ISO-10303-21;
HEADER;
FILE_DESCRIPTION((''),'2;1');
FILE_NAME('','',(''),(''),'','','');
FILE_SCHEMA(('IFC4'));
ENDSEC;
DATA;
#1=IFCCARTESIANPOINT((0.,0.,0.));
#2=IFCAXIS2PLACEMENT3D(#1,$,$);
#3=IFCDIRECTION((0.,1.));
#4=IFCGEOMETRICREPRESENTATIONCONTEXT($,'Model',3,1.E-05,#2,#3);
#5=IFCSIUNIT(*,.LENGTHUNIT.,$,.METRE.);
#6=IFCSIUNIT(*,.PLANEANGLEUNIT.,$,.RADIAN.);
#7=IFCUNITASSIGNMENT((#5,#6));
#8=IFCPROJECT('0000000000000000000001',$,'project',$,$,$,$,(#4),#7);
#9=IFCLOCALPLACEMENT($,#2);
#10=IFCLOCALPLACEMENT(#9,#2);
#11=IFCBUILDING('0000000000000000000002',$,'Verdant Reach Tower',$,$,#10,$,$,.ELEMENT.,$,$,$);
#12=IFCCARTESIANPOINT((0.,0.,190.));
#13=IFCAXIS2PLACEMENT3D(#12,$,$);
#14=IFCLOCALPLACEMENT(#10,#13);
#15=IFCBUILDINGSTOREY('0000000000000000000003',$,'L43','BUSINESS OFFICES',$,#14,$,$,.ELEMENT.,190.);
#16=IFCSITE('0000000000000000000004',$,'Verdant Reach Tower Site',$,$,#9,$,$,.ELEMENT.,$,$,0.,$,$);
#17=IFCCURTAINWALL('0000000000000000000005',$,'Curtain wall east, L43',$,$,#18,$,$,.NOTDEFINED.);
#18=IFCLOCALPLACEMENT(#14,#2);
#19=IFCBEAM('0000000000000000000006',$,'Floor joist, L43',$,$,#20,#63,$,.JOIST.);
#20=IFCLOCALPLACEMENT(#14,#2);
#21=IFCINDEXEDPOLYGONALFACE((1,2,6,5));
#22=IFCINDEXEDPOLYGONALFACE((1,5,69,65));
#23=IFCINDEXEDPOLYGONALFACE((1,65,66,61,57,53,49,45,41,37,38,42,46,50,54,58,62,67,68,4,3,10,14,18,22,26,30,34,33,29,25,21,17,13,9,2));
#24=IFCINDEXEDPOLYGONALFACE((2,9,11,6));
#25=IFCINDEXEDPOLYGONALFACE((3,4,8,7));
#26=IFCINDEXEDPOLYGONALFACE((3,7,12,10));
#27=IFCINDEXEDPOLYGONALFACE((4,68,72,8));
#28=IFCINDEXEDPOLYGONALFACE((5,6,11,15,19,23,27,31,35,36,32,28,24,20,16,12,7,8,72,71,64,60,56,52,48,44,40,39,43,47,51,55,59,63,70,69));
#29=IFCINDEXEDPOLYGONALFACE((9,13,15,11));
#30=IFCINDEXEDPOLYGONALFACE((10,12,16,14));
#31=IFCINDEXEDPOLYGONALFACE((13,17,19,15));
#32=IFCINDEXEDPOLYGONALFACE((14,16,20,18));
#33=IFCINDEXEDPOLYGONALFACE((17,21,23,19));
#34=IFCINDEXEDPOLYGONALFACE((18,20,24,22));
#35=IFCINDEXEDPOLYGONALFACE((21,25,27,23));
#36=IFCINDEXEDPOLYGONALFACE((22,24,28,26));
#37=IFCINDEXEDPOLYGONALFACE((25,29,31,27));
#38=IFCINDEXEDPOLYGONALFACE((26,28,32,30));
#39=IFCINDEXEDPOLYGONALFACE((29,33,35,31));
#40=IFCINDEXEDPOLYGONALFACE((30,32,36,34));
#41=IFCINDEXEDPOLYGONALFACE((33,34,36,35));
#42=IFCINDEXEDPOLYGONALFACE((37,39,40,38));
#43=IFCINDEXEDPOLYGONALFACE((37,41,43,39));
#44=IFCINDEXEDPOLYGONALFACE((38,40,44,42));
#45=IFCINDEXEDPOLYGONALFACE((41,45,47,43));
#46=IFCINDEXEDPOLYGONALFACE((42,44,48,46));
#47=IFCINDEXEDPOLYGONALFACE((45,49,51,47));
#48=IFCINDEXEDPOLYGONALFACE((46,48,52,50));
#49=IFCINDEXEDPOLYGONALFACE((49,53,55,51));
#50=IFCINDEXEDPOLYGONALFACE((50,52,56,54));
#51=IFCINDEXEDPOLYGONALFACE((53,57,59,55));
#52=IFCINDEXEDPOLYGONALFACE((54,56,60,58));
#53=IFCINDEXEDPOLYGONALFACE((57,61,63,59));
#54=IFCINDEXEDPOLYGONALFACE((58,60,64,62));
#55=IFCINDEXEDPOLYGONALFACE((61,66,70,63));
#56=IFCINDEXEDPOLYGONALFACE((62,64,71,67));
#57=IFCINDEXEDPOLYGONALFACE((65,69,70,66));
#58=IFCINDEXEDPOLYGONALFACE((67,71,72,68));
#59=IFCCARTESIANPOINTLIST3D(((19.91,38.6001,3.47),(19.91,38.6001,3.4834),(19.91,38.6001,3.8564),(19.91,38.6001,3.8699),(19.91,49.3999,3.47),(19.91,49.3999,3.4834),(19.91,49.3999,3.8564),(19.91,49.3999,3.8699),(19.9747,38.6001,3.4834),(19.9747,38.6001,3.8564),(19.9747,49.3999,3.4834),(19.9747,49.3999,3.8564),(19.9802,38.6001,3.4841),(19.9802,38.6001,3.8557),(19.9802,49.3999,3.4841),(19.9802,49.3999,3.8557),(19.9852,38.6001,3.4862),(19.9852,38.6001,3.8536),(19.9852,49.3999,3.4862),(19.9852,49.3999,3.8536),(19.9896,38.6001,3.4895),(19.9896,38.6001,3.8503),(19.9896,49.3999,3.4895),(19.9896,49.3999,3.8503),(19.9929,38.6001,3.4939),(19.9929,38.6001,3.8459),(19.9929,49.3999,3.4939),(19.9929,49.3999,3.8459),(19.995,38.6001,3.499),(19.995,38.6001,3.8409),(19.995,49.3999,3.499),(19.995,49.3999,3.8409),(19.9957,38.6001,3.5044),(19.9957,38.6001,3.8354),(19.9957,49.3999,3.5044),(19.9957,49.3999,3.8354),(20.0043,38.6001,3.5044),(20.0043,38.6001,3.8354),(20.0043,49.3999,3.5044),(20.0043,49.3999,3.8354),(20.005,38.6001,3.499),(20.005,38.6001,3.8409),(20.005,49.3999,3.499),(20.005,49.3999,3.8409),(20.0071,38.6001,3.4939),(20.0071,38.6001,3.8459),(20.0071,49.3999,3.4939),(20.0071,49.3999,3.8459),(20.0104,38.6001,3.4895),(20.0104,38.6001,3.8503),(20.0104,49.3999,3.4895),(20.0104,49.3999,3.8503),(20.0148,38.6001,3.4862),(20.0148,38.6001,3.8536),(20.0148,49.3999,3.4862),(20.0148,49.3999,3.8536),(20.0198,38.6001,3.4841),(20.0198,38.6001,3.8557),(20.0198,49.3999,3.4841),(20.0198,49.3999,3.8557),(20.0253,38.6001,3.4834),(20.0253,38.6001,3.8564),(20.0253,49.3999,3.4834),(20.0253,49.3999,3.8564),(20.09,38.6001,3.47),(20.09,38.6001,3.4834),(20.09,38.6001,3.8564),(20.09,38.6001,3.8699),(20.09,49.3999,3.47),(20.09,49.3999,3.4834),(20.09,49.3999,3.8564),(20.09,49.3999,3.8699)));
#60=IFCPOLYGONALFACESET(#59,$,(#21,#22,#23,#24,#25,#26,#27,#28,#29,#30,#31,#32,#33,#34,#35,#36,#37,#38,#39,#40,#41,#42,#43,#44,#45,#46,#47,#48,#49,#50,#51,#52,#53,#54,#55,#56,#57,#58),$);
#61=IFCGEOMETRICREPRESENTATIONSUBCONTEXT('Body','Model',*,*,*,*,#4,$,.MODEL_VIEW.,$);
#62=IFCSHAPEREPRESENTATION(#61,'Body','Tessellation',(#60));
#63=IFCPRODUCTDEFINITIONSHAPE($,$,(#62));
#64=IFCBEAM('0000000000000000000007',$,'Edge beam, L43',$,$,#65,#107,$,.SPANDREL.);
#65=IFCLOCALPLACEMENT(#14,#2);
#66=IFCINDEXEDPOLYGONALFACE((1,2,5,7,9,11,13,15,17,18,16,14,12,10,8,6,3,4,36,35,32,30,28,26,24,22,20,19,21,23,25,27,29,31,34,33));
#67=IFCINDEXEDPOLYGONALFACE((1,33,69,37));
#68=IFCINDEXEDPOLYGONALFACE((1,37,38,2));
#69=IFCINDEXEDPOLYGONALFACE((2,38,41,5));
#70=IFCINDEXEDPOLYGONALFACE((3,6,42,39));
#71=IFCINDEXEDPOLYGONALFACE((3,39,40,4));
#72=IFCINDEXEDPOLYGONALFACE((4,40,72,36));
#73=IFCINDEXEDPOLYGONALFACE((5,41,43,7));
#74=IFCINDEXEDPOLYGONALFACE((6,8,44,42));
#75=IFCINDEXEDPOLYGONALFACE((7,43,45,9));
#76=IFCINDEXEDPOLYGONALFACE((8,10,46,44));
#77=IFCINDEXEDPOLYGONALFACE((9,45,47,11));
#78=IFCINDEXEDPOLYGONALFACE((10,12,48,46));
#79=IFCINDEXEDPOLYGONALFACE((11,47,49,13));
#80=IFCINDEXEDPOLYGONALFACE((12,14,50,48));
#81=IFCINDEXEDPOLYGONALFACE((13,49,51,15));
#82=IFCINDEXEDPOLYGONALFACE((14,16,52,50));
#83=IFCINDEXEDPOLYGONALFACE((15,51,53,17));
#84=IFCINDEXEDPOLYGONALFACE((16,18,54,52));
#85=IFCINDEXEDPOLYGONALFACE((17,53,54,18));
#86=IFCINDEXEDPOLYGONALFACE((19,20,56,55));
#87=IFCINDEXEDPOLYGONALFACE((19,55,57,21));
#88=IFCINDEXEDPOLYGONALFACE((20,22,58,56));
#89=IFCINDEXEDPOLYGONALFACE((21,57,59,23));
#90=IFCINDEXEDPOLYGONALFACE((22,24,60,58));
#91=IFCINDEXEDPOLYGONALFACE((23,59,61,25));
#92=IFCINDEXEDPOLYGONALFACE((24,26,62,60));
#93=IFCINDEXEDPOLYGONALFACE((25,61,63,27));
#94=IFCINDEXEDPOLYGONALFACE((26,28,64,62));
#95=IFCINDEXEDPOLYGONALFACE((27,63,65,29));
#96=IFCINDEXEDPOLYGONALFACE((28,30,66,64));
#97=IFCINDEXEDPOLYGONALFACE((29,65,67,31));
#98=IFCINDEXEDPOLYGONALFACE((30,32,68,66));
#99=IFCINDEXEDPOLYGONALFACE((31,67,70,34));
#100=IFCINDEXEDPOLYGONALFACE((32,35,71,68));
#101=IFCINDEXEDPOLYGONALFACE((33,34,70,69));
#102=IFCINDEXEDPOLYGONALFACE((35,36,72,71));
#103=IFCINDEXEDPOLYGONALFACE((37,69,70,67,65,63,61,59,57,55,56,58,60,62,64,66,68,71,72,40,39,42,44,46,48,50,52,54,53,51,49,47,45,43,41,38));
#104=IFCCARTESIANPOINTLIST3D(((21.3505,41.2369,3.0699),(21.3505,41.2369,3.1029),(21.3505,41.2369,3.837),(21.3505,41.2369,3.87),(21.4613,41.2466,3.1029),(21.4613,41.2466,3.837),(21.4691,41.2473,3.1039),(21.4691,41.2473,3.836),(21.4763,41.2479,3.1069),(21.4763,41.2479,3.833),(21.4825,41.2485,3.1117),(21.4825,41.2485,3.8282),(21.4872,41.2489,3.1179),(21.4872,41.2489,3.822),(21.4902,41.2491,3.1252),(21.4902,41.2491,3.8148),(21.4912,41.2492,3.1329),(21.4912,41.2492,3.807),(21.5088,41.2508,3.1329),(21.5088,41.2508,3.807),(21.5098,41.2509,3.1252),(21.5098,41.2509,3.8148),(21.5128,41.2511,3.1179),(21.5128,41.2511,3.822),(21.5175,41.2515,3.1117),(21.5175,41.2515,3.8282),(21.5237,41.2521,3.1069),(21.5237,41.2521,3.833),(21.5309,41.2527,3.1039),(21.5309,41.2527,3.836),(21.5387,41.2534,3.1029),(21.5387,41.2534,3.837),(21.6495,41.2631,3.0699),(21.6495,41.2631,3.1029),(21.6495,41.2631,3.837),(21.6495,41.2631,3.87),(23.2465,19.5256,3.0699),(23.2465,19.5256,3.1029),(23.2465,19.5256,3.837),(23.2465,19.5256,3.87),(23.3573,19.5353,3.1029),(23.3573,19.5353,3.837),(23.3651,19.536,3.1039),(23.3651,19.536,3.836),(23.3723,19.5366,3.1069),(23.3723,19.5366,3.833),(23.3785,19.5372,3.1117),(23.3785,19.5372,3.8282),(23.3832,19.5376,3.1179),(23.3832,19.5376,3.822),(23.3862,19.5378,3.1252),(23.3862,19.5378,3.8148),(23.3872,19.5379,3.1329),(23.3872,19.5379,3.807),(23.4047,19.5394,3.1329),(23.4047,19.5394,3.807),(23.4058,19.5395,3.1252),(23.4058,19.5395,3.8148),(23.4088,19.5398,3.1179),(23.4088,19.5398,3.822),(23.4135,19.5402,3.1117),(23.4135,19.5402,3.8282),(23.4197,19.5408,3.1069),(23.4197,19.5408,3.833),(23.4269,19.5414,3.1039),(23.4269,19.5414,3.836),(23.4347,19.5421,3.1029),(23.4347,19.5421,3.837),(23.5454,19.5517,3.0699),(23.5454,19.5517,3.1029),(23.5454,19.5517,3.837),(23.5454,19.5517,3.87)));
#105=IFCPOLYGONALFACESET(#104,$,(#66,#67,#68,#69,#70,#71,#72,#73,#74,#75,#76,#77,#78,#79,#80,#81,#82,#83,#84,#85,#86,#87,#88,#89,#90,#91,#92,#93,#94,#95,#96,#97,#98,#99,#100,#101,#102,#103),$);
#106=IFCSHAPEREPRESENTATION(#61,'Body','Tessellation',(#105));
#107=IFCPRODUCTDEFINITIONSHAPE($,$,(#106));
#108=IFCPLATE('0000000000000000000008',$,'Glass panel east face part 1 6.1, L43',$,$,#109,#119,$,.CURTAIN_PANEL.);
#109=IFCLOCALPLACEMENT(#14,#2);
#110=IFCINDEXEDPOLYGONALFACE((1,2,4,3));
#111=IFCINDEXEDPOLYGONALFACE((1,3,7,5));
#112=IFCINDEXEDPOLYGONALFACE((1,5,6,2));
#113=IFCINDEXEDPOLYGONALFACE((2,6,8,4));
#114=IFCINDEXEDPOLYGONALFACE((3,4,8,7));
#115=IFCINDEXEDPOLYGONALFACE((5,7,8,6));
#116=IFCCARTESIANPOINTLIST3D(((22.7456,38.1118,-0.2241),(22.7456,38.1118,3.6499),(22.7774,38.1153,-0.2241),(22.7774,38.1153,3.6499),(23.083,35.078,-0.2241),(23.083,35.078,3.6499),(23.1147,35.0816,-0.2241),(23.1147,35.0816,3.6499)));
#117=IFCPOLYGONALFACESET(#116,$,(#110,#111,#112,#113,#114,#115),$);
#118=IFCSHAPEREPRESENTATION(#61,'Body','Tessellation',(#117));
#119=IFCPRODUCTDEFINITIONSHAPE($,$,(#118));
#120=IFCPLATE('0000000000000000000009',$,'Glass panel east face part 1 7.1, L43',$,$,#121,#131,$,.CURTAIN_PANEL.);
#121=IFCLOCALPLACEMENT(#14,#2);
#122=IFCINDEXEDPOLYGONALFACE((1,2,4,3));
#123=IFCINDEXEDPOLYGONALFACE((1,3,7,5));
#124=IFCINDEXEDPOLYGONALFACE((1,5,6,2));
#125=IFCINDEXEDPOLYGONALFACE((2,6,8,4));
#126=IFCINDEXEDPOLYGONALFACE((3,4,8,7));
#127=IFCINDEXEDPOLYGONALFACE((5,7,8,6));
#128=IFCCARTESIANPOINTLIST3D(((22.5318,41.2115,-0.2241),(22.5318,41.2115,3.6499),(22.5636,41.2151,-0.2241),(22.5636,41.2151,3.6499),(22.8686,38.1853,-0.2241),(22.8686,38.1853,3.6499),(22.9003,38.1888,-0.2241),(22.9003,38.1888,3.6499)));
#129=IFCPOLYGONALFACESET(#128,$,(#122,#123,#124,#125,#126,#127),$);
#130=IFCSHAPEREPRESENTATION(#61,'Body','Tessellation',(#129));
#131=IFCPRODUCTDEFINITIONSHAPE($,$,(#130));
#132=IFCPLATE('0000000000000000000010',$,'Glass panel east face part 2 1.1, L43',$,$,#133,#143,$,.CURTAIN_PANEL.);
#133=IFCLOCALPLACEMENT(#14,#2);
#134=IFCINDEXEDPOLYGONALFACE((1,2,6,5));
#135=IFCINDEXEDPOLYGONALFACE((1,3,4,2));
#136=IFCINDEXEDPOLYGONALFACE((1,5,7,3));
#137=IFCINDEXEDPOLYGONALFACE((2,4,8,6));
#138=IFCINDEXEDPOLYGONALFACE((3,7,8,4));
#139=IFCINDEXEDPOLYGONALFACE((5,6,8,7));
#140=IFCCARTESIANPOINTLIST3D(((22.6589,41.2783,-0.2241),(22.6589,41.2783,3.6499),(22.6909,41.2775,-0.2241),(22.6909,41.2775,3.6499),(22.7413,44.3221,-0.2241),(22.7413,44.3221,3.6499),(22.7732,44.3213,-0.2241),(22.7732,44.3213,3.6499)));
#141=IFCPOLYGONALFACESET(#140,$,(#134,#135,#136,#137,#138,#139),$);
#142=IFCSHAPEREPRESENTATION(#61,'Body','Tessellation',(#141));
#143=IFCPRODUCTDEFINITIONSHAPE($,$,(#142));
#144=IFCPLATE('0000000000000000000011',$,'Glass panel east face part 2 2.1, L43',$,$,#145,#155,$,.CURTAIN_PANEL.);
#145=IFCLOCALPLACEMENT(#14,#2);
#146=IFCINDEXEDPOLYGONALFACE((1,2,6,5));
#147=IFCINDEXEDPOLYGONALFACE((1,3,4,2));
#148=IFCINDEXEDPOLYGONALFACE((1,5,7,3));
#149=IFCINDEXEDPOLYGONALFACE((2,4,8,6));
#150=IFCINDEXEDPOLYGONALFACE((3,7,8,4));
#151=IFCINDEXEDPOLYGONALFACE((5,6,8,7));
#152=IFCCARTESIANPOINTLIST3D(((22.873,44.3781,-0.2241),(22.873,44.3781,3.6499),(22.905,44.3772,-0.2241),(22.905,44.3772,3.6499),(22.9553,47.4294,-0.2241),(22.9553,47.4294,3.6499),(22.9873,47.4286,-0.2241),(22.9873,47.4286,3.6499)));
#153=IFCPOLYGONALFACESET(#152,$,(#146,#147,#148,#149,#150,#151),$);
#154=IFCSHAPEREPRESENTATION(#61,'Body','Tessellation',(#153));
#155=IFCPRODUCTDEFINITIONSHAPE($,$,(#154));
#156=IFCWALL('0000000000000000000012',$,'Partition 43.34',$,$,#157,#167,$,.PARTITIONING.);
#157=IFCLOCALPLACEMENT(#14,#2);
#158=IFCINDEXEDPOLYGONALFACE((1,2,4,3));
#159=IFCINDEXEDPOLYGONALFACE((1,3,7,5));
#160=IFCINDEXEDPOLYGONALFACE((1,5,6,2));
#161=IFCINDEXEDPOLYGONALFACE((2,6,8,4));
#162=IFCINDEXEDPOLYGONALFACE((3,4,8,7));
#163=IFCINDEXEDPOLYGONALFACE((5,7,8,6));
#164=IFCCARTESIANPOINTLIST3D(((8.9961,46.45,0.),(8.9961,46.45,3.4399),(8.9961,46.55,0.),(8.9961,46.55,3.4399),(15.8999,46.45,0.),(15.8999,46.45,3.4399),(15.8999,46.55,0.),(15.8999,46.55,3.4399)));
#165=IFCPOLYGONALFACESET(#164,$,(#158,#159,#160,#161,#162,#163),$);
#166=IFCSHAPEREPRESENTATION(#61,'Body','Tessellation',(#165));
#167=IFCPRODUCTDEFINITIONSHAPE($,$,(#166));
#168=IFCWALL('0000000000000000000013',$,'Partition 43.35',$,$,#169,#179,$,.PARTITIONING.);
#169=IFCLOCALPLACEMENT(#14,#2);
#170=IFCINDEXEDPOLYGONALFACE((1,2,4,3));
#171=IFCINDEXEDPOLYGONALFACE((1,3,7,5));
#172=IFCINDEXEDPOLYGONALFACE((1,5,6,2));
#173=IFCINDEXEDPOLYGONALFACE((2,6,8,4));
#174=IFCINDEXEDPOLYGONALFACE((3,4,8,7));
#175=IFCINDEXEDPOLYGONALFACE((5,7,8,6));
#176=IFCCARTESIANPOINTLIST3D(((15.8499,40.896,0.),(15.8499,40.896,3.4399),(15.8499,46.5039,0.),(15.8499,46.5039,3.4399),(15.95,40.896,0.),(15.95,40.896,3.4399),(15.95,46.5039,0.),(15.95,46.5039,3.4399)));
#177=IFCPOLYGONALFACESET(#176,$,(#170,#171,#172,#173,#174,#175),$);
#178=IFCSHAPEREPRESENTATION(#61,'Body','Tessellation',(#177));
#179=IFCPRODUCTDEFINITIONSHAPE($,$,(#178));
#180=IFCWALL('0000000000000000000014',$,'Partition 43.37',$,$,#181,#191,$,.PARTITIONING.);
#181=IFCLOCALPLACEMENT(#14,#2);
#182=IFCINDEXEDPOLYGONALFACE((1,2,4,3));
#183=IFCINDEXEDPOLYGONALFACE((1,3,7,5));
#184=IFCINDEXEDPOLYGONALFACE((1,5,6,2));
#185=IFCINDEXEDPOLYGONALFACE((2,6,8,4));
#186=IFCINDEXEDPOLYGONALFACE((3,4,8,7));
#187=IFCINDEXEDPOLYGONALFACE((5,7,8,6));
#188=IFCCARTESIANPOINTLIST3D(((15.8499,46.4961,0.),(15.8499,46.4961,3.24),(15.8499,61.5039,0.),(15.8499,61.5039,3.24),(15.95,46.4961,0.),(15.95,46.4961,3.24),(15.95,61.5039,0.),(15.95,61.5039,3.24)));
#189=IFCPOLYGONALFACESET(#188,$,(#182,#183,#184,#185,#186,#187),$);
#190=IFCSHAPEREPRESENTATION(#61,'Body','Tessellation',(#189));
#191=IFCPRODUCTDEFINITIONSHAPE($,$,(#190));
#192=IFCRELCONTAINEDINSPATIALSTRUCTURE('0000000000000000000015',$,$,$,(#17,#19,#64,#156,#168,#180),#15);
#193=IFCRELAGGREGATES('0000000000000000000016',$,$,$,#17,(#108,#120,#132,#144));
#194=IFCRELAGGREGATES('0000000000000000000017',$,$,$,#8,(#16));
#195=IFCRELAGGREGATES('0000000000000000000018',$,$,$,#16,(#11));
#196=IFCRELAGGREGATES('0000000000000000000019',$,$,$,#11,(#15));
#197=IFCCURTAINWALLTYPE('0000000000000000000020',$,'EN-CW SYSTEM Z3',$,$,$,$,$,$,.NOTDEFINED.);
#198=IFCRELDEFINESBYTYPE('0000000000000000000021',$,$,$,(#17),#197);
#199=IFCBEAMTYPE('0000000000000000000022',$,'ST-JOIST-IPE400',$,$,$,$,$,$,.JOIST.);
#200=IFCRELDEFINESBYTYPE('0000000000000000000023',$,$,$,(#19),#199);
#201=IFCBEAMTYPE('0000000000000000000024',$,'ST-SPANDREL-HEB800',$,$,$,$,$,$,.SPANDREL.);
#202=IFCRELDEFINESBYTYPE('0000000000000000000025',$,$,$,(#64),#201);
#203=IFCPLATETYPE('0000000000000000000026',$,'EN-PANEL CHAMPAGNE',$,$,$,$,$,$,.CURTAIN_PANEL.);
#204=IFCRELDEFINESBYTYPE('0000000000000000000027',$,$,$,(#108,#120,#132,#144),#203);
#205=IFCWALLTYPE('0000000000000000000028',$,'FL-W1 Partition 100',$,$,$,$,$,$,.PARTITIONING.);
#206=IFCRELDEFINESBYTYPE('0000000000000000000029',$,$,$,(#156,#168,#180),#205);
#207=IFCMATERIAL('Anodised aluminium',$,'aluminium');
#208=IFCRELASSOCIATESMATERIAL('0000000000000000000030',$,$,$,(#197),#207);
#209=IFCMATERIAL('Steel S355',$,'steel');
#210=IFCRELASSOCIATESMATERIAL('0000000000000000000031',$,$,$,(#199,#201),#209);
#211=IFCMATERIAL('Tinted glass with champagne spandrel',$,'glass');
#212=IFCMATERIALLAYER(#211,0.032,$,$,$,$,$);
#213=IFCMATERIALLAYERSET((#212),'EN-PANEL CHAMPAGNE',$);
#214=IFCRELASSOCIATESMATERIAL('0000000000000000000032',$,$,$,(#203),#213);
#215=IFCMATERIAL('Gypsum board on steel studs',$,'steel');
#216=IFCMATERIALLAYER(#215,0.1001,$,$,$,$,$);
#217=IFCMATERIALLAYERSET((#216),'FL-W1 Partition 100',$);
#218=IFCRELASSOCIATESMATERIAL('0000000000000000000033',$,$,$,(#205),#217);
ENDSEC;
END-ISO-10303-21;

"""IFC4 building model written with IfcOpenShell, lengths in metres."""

from ifc_helpers import new_model, si_unit, direction, frame, frame_2d, origin, origin_2d, place, context, subcontext, project, spatial, rectangle, i_section, extrude, material, layer, layer_set, material_profile, profile_set, type_object, element, aggregate, save


model = new_model("IFC4")

# Units and contexts
model_context = context("Model", 3, precision=1e-05, world=origin(), true_north=direction((0.0, 1.0)))
body_context = subcontext(model_context, "Body", "Model", "MODEL_VIEW")
ifc_project = project(units=[si_unit("LENGTHUNIT", "METRE"), si_unit("PLANEANGLEUNIT", "RADIAN")], contexts=[model_context])

# Site, building, storey
site_placement = place(None, origin())
site = spatial("IfcSite", under=ifc_project, at=site_placement, Name="Verdant Reach Tower Site", CompositionType="ELEMENT", RefElevation=0.0)
building_placement = place(site_placement, origin())
building = spatial("IfcBuilding", under=site, at=building_placement, Name="Verdant Reach Tower", CompositionType="ELEMENT")
storey_placement = place(building_placement, frame((0.0, 0.0, 190.0)))
storey = spatial("IfcBuildingStorey", under=building, at=storey_placement, Name="L43", Description="BUSINESS OFFICES", CompositionType="ELEMENT", Elevation=190.0)

# Curtain wall
ifc_material_1 = material(Name="Anodised aluminium", Category="aluminium")
curtain_wall_type = type_object("IfcCurtainWallType", Name="EN-CW SYSTEM Z3", PredefinedType="NOTDEFINED", material=ifc_material_1)
curtain_wall_placement = place(storey_placement, origin())
curtain_wall = element("IfcCurtainWall", 1, at=curtain_wall_placement, inside=storey, type_object=curtain_wall_type, Name="Curtain wall east, L43", PredefinedType="NOTDEFINED")

# Beams
ifc_material_2 = material(Name="Steel S355", Category="steel")
ifc_material_profile_1 = material_profile(ifc_material_2, i_section(OverallWidth=0.1799, OverallDepth=0.3999, WebThickness=0.0085, FlangeThickness=0.0134, FilletRadius=0.021, at=origin_2d()), Name="IPE 400")
ifc_profile_set_1 = profile_set([ifc_material_profile_1], Name="Steel S355")
beam_type_1 = type_object("IfcBeamType", Name="ST-JOIST-IPE400", PredefinedType="JOIST", material=ifc_profile_set_1)
for number, where, z_axis, x_axis, name in (
    (2, (20.0, 38.6001, 3.6699), (0.0, 1.0, 0.0), (-1.0, 0.0, 0.0), "Floor joist, L43"),
):
    element("IfcBeam", number, at=place(storey_placement, frame(where, z_axis=z_axis, x_axis=x_axis)), inside=storey, type_object=beam_type_1, Name=name, PredefinedType="JOIST", context=body_context, shape_type="SweptSolid", body=[
        extrude(i_section(OverallWidth=0.1799, OverallDepth=0.3999, WebThickness=0.0085, FlangeThickness=0.0134, FilletRadius=0.021, at=origin_2d()), origin(), (0.0, 0.0, 1.0), 10.7998),
    ])
ifc_material_profile_2 = material_profile(ifc_material_2, i_section(OverallWidth=0.3, OverallDepth=0.8, WebThickness=0.0176, FlangeThickness=0.033, FilletRadius=0.03, at=origin_2d()), Name="HEB 800")
ifc_profile_set_2 = profile_set([ifc_material_profile_2], Name="Steel S355")
beam_type_2 = type_object("IfcBeamType", Name="ST-SPANDREL-HEB800", PredefinedType="SPANDREL", material=ifc_profile_set_2)
beam_1_placement = place(storey_placement, frame((21.5, 41.25, 3.47), z_axis=(0.086996, -0.996209, 0.0), x_axis=(0.996209, 0.086996, 0.0)))
element("IfcBeam", 3, at=beam_1_placement, inside=storey, type_object=beam_type_2, Name="Edge beam, L43", PredefinedType="SPANDREL", context=body_context, shape_type="SweptSolid", body=[
    extrude(i_section(OverallWidth=0.3, OverallDepth=0.8, WebThickness=0.0176, FlangeThickness=0.033, FilletRadius=0.03, at=origin_2d()), origin(), (0.0, 0.0, 1.0), 21.7939),
])

# Plates
ifc_material_3 = material(Name="Tinted glass with champagne spandrel", Category="glass")
ifc_layer_1 = layer(ifc_material_3, 0.032)
ifc_layer_set_1 = layer_set([ifc_layer_1], Name="EN-PANEL CHAMPAGNE")
plate_type = type_object("IfcPlateType", Name="EN-PANEL CHAMPAGNE", PredefinedType="CURTAIN_PANEL", material=ifc_layer_set_1)
plate_1_placement = place(storey_placement, frame((22.9302, 36.5967, -0.2241), z_axis=(0.0, 0.0, 1.0), x_axis=(-0.110518, 0.993874, 0.0)))
plate_1 = element("IfcPlate", 4, at=plate_1_placement, type_object=plate_type, Name="Glass panel east face part 1 6.1, L43", PredefinedType="CURTAIN_PANEL", context=body_context, shape_type="SweptSolid", body=[
    extrude(rectangle(XDim=3.0525, YDim=0.032, at=origin_2d()), origin(), (0.0, 0.0, 1.0), 3.874),
])
plate_2_placement = place(storey_placement, frame((22.7161, 39.7002, -0.2241), z_axis=(0.0, 0.0, 1.0), x_axis=(-0.110601, 0.993865, 0.0)))
plate_2 = element("IfcPlate", 5, at=plate_2_placement, type_object=plate_type, Name="Glass panel east face part 1 7.1, L43", PredefinedType="CURTAIN_PANEL", context=body_context, shape_type="SweptSolid", body=[
    extrude(rectangle(XDim=3.0449, YDim=0.032, at=origin_2d()), origin(), (0.0, 0.0, 1.0), 3.874),
])
plate_3_placement = place(storey_placement, frame((22.7161, 42.7998, -0.2241), z_axis=(0.0, 0.0, 1.0), x_axis=(0.027048, 0.999634, 0.0)))
plate_3 = element("IfcPlate", 6, at=plate_3_placement, type_object=plate_type, Name="Glass panel east face part 2 1.1, L43", PredefinedType="CURTAIN_PANEL", context=body_context, shape_type="SweptSolid", body=[
    extrude(rectangle(XDim=3.0449, YDim=0.032, at=origin_2d()), origin(), (0.0, 0.0, 1.0), 3.874),
])
plate_4_placement = place(storey_placement, frame((22.9302, 45.9033, -0.2241), z_axis=(0.0, 0.0, 1.0), x_axis=(0.026965, 0.999636, 0.0)))
plate_4 = element("IfcPlate", 7, at=plate_4_placement, type_object=plate_type, Name="Glass panel east face part 2 2.1, L43", PredefinedType="CURTAIN_PANEL", context=body_context, shape_type="SweptSolid", body=[
    extrude(rectangle(XDim=3.0525, YDim=0.032, at=origin_2d()), origin(), (0.0, 0.0, 1.0), 3.874),
])
aggregate(curtain_wall, [plate_1, plate_2, plate_3, plate_4])

# Walls
ifc_material_4 = material(Name="Gypsum board on steel studs", Category="steel")
ifc_layer_2 = layer(ifc_material_4, 0.1001)
ifc_layer_set_2 = layer_set([ifc_layer_2], Name="FL-W1 Partition 100")
wall_type_1 = type_object("IfcWallType", Name="FL-W1 Partition 100", PredefinedType="PARTITIONING", material=ifc_layer_set_2)
wall_1_placement = place(storey_placement, frame((15.8999, 46.5, 0.0), z_axis=(0.0, 0.0, 1.0), x_axis=(-1.0, 0.0, 0.0)))
element("IfcWall", 8, at=wall_1_placement, inside=storey, type_object=wall_type_1, Name="Partition 43.34", PredefinedType="PARTITIONING", context=body_context, shape_type="SweptSolid", body=[
    extrude(rectangle(XDim=6.9038, YDim=0.1001, at=frame_2d((3.4519, 0.0))), origin(), (0.0, 0.0, 1.0), 3.4399),
])
wall_2_placement = place(storey_placement, frame((15.8999, 40.896, 0.0), z_axis=(0.0, 0.0, 1.0), x_axis=(0.0, 1.0, 0.0)))
element("IfcWall", 9, at=wall_2_placement, inside=storey, type_object=wall_type_1, Name="Partition 43.35", PredefinedType="PARTITIONING", context=body_context, shape_type="SweptSolid", body=[
    extrude(rectangle(XDim=5.6079, YDim=0.1001, at=frame_2d((2.804, 0.0))), origin(), (0.0, 0.0, 1.0), 3.4399),
])
wall_3_placement = place(storey_placement, frame((15.8999, 46.4961, 0.0), z_axis=(0.0, 0.0, 1.0), x_axis=(0.0, 1.0, 0.0)))
element("IfcWall", 10, at=wall_3_placement, inside=storey, type_object=wall_type_1, Name="Partition 43.37", PredefinedType="PARTITIONING", context=body_context, shape_type="SweptSolid", body=[
    extrude(rectangle(XDim=15.0078, YDim=0.1001, at=frame_2d((7.5039, 0.0))), origin(), (0.0, 0.0, 1.0), 3.24),
])

save(model, "model.ifc")
